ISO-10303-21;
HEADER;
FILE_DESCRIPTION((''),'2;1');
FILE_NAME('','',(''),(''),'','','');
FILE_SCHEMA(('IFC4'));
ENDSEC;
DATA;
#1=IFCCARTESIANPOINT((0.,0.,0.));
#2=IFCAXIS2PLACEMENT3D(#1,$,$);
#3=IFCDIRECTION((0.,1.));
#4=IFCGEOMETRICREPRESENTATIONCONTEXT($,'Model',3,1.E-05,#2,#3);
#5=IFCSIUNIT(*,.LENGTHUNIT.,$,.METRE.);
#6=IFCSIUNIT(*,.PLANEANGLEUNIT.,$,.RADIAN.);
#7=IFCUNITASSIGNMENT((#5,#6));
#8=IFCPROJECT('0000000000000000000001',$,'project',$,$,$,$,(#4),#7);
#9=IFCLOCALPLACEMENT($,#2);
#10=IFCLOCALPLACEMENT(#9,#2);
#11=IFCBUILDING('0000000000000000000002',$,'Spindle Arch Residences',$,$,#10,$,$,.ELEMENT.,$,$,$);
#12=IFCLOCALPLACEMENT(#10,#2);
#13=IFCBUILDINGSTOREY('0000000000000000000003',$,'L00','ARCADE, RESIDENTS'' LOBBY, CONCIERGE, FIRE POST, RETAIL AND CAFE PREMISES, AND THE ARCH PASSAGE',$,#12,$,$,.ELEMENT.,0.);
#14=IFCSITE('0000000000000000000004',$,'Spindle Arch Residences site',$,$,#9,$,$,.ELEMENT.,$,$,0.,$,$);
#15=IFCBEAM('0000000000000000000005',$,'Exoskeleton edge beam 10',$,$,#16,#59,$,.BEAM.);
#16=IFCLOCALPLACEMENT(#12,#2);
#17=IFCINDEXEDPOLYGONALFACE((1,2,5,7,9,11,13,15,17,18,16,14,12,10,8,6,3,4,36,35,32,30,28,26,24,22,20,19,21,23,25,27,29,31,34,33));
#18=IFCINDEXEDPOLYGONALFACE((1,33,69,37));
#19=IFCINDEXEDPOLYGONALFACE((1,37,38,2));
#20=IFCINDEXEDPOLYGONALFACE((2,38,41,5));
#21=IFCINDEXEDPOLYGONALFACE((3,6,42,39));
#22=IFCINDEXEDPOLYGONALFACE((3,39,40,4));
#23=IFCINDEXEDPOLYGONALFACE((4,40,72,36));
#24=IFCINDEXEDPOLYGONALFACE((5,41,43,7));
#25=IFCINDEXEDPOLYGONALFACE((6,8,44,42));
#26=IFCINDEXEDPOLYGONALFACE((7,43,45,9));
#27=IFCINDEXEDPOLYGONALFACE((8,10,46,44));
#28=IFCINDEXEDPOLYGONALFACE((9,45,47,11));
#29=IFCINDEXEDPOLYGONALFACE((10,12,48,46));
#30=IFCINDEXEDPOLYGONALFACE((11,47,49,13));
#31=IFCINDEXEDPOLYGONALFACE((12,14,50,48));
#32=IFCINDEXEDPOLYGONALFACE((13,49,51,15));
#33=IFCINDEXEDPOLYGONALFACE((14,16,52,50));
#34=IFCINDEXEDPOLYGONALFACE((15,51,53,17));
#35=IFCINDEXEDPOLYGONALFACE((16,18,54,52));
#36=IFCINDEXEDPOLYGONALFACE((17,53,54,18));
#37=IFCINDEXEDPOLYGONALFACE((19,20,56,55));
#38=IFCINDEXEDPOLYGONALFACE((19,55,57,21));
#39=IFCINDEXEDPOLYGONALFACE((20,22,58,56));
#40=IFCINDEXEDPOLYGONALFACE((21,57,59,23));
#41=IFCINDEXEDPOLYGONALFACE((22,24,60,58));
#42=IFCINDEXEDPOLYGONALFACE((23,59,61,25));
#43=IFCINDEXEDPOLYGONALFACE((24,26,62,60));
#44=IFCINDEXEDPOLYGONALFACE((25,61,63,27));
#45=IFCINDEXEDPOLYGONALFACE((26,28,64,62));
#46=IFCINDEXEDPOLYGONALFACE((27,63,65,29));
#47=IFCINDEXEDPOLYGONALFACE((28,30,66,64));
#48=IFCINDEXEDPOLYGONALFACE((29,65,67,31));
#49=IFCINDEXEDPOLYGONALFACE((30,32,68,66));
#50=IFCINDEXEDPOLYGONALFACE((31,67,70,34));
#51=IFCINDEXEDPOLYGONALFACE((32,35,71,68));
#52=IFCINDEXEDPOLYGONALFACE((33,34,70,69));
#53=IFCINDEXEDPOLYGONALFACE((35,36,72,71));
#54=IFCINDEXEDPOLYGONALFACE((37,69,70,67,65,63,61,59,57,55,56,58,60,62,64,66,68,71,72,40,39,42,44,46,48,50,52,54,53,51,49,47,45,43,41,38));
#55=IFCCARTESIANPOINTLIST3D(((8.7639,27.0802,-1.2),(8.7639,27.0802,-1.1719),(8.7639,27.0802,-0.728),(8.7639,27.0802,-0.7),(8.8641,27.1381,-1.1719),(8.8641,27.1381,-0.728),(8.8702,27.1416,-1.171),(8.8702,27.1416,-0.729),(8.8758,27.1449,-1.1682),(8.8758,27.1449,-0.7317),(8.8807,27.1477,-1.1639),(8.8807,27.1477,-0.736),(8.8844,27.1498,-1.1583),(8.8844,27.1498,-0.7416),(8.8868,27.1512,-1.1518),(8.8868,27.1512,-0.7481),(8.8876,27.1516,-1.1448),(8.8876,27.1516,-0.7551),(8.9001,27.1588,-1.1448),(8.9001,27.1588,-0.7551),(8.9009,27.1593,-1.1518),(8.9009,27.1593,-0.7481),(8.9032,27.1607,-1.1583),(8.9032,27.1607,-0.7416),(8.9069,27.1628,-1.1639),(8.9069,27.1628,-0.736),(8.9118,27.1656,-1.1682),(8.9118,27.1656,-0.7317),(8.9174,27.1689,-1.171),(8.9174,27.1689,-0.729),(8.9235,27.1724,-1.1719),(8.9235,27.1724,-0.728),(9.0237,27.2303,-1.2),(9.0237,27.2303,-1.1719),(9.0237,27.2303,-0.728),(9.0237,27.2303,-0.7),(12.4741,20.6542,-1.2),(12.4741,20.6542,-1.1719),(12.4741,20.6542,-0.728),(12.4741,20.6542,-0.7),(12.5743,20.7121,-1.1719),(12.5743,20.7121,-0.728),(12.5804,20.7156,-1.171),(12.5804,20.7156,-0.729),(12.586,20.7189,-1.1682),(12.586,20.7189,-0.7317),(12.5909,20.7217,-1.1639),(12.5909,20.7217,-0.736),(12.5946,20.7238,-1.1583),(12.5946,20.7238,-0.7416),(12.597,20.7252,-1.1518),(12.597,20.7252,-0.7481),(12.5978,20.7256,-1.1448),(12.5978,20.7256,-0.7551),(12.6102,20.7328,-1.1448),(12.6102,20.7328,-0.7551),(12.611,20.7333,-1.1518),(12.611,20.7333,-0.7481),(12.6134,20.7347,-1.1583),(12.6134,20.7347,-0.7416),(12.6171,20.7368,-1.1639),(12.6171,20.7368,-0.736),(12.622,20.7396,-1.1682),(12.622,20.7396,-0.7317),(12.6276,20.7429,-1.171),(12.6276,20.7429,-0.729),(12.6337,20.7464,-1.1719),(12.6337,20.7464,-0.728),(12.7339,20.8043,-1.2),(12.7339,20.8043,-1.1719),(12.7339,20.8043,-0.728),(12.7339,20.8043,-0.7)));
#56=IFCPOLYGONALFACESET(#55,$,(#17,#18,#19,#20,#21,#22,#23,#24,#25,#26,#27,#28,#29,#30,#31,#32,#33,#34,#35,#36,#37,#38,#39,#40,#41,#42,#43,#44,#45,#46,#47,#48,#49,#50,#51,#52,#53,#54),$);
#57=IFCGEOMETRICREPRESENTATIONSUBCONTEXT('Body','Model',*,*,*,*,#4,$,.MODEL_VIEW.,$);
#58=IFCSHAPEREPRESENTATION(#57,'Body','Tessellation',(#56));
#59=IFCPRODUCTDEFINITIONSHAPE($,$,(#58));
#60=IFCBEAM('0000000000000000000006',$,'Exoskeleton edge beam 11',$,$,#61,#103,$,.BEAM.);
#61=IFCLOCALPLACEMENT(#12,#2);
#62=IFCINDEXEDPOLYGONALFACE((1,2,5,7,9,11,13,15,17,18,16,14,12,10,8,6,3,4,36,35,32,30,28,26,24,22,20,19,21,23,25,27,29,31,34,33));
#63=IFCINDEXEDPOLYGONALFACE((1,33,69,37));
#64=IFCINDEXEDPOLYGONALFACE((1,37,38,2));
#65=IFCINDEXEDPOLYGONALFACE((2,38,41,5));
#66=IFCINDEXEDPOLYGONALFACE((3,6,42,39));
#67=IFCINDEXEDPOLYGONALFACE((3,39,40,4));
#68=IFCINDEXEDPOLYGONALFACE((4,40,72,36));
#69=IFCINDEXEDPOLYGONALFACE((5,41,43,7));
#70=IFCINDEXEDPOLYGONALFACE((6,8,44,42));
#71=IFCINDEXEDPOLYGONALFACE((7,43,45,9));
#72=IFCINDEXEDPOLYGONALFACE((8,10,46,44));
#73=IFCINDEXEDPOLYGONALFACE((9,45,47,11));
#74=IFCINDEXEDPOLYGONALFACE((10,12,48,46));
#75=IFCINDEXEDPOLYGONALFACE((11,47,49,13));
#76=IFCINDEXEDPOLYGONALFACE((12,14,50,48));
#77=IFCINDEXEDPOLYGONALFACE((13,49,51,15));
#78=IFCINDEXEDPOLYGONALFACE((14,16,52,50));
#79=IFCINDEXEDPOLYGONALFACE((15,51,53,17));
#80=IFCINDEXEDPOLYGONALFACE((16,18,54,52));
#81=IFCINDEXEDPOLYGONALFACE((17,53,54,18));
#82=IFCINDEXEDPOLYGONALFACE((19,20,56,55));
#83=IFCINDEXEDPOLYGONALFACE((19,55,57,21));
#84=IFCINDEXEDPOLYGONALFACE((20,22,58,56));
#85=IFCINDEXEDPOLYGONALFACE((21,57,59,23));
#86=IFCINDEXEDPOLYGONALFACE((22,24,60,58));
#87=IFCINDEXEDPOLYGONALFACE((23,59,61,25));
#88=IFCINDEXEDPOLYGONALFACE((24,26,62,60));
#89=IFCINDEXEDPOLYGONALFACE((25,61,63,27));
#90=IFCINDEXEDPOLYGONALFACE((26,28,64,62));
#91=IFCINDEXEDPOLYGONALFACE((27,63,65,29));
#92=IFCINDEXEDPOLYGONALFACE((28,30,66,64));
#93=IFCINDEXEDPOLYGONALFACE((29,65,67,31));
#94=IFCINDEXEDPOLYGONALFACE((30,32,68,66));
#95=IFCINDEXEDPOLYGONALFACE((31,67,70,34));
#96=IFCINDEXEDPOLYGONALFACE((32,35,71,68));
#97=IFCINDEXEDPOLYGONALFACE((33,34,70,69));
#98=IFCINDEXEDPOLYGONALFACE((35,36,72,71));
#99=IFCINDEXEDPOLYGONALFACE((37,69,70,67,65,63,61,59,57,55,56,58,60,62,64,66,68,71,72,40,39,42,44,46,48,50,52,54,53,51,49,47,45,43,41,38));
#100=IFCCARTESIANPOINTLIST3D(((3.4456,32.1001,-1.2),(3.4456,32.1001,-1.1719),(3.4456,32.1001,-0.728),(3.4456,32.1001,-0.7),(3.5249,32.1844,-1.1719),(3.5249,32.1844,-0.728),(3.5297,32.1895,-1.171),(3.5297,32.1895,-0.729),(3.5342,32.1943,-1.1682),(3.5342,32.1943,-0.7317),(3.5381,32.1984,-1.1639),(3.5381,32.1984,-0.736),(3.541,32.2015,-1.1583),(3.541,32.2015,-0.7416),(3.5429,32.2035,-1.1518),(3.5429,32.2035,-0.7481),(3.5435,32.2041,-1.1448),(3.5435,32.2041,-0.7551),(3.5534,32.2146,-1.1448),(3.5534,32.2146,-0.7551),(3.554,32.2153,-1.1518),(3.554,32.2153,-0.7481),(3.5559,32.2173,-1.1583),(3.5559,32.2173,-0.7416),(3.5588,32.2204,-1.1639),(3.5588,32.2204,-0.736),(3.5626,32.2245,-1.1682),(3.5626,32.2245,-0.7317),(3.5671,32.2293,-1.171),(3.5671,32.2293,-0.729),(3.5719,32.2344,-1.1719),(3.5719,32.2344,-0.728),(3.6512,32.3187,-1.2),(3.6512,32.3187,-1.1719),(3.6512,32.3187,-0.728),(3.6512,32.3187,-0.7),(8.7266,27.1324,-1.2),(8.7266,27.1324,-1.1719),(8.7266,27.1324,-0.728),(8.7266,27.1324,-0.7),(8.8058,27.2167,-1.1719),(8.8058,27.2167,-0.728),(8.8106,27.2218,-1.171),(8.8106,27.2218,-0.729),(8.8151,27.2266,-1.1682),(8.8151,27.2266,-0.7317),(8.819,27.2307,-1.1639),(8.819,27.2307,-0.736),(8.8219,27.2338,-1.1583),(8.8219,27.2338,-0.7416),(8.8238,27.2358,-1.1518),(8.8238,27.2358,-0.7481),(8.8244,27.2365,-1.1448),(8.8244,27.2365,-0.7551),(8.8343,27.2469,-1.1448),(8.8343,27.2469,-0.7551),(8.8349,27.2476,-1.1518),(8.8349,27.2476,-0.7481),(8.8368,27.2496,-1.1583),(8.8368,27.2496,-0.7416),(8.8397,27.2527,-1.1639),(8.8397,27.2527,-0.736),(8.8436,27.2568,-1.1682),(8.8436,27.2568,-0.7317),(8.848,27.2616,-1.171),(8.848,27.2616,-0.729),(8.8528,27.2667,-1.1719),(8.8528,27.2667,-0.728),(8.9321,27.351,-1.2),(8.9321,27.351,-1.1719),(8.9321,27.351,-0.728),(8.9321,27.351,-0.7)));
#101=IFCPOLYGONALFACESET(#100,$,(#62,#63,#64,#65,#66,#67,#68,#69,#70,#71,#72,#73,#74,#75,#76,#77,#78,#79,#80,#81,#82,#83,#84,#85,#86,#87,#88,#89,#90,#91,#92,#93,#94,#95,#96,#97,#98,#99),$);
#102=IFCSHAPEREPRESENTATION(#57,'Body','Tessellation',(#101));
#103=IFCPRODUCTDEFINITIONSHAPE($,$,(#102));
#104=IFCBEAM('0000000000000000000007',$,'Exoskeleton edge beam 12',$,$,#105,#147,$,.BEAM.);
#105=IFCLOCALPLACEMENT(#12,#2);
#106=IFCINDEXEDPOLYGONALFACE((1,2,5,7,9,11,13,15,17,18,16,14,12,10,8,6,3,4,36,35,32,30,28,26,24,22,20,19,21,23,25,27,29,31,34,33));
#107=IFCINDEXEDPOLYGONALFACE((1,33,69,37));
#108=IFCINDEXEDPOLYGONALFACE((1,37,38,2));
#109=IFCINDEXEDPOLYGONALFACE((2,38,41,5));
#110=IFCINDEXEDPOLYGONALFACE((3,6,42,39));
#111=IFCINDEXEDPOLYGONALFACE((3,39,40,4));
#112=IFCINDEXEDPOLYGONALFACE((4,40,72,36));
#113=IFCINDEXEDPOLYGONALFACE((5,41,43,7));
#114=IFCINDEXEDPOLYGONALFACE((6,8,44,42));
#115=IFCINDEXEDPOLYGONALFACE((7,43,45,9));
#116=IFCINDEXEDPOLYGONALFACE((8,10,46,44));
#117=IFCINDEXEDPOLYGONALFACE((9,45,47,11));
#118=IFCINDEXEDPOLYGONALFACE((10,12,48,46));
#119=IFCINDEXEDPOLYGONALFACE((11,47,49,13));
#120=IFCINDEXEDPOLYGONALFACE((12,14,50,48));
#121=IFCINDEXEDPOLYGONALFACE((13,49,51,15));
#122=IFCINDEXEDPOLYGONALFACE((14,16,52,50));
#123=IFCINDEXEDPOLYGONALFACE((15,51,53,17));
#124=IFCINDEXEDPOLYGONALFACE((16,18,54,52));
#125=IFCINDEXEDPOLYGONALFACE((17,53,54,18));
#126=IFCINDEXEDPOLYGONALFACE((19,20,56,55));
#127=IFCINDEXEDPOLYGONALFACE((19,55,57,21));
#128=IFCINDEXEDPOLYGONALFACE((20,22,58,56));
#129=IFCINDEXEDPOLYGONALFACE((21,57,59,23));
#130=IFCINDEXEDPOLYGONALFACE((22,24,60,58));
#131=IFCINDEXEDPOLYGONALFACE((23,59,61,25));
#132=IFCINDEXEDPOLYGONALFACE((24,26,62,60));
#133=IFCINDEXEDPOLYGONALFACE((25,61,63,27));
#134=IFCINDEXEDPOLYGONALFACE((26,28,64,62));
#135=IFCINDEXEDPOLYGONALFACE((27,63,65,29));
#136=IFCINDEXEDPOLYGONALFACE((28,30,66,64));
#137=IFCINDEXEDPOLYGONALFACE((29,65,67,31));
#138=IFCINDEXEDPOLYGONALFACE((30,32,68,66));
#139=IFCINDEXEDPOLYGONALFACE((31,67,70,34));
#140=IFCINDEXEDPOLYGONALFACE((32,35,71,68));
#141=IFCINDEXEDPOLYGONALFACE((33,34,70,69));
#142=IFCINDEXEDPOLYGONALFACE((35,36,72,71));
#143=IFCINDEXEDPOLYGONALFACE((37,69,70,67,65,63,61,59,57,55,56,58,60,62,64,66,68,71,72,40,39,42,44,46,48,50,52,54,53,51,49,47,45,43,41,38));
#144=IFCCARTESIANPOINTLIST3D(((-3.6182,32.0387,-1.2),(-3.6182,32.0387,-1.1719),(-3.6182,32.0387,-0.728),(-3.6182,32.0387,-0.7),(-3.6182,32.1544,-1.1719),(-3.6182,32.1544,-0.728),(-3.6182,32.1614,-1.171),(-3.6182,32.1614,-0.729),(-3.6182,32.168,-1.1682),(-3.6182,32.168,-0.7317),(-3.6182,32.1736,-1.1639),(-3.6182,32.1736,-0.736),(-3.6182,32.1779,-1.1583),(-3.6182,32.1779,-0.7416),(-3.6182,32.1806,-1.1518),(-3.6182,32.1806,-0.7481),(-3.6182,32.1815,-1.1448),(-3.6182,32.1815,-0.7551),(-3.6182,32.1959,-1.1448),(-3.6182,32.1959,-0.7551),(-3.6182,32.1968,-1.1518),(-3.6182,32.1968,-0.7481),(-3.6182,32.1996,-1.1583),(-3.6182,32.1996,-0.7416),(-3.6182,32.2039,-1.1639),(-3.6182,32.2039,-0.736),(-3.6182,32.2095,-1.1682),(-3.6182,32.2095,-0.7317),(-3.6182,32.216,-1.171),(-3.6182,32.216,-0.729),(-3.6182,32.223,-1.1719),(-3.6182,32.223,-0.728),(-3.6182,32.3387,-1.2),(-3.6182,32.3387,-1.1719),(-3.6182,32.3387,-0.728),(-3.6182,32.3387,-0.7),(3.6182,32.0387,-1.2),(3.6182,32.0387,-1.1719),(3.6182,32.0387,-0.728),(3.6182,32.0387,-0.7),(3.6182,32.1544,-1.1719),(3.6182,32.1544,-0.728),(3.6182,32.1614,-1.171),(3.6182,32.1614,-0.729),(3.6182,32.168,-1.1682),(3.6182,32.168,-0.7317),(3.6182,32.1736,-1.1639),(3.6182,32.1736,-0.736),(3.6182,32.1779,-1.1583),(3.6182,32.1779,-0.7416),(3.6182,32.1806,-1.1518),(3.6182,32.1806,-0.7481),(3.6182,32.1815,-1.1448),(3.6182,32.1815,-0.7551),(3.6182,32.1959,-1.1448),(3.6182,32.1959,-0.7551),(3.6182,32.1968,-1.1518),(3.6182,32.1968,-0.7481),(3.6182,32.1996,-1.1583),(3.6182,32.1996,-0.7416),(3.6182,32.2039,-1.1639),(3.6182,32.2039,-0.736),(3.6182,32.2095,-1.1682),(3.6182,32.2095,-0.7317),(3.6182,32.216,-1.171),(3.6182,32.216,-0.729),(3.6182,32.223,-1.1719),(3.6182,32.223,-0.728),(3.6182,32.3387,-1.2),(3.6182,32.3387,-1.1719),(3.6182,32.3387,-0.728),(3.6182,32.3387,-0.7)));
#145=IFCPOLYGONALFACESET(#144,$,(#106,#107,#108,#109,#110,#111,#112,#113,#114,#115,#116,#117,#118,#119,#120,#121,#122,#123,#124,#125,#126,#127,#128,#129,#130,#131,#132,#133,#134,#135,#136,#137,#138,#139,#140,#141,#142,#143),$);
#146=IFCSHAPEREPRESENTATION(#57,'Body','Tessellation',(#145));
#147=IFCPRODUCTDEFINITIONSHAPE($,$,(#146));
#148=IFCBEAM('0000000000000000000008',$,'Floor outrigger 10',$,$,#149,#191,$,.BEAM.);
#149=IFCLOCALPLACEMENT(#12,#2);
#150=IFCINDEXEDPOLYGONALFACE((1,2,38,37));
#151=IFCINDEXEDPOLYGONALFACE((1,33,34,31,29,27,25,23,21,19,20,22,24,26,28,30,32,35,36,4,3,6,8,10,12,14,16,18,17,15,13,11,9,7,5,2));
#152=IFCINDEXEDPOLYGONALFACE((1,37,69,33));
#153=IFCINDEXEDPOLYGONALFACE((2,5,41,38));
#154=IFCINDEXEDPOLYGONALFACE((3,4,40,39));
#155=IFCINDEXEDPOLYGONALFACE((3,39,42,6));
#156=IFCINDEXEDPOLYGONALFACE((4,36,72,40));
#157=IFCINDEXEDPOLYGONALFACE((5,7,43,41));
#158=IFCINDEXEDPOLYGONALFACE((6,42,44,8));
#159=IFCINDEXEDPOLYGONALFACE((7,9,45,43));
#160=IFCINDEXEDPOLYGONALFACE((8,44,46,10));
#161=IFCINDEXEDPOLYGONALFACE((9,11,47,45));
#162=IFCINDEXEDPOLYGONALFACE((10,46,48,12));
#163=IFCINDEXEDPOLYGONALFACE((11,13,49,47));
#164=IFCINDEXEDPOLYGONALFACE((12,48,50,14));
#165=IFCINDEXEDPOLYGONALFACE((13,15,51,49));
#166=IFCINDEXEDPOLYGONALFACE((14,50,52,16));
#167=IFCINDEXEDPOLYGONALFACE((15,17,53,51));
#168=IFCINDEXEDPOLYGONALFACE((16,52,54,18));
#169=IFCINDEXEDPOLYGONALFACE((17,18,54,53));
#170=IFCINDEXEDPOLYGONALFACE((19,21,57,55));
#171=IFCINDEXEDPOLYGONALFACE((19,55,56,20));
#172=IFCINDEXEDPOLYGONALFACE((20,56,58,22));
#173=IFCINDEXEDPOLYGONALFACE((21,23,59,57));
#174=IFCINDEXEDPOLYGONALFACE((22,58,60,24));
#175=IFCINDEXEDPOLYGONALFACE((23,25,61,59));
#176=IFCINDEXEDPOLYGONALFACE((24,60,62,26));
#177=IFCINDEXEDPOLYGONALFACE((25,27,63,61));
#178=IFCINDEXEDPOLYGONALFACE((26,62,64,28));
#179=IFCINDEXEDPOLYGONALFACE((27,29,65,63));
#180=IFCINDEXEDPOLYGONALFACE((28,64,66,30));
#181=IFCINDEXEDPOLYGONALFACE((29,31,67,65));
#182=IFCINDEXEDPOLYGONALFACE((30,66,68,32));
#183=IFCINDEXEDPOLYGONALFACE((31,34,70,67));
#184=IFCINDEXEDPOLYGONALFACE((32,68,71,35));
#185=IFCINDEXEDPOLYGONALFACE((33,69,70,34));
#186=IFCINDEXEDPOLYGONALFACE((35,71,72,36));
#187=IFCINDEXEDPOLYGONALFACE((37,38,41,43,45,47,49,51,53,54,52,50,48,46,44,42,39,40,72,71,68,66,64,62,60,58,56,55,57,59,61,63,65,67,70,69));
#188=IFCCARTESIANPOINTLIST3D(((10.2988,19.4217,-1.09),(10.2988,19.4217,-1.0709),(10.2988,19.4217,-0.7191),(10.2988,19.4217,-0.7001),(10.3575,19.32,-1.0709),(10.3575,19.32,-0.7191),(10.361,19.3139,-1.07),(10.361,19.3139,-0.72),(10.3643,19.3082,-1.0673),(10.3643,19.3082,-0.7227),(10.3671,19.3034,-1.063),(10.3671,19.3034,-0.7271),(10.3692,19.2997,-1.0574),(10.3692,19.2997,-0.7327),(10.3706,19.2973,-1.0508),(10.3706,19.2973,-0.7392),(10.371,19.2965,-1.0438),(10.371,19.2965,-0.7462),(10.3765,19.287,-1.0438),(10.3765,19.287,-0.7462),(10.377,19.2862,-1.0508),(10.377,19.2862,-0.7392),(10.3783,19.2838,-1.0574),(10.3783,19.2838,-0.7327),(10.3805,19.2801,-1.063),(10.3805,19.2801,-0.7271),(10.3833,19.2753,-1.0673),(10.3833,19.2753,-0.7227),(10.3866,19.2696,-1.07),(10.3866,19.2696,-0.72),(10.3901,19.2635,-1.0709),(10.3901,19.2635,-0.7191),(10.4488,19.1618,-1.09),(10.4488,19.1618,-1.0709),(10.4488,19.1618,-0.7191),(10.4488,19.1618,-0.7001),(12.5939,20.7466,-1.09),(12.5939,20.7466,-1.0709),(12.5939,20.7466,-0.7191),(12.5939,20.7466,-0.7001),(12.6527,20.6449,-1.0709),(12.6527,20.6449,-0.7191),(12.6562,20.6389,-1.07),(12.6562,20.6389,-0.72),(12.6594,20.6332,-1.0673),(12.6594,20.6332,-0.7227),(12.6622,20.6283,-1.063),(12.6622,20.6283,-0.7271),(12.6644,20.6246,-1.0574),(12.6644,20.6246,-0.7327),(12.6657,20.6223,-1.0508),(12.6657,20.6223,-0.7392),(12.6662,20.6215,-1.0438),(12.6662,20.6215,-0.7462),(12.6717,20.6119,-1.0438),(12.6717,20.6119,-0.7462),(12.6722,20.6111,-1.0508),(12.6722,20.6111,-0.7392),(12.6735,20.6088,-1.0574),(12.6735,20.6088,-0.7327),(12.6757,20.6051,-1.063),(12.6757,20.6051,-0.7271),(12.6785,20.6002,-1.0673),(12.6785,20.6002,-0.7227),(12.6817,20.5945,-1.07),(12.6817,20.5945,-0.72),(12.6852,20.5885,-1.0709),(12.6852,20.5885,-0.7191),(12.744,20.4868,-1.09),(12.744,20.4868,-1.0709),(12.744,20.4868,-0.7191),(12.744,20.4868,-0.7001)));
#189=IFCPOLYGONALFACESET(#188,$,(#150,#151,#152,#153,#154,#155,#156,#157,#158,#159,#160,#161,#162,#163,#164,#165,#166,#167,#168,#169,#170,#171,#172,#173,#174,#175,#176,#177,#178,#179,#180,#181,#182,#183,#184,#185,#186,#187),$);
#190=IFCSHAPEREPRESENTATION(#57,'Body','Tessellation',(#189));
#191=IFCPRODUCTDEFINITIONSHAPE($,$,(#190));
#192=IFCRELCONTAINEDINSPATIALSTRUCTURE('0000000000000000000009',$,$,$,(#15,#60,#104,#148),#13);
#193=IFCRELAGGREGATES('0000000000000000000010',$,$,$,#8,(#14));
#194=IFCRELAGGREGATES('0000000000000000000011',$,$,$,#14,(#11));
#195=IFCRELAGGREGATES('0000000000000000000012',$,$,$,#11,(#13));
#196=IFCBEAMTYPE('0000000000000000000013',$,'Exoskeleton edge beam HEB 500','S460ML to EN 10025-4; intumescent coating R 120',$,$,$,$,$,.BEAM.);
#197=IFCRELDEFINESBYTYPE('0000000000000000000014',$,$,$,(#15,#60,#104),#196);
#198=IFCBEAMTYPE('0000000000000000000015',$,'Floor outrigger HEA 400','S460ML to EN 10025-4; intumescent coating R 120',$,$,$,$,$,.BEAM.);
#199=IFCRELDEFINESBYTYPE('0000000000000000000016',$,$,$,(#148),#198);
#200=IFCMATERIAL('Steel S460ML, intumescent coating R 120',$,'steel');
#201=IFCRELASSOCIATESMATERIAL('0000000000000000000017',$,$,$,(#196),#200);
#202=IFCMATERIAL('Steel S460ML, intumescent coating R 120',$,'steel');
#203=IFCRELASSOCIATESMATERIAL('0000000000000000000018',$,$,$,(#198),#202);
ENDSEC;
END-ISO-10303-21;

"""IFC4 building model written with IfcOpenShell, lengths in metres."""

from ifc_helpers import new_model, si_unit, direction, frame, origin, origin_2d, place, context, subcontext, project, spatial, i_section, extrude, material, material_profile, profile_set, type_object, element, save


model = new_model("IFC4")

# Units and contexts
model_context = context("Model", 3, precision=1e-05, world=origin(), true_north=direction((0.0, 1.0)))
body_context = subcontext(model_context, "Body", "Model", "MODEL_VIEW")
ifc_project = project(units=[si_unit("LENGTHUNIT", "METRE"), si_unit("PLANEANGLEUNIT", "RADIAN")], contexts=[model_context])

# Site, building, storey
site_placement = place(None, origin())
site = spatial("IfcSite", under=ifc_project, at=site_placement, Name="Spindle Arch Residences site", CompositionType="ELEMENT", RefElevation=0.0)
building_placement = place(site_placement, origin())
building = spatial("IfcBuilding", under=site, at=building_placement, Name="Spindle Arch Residences", CompositionType="ELEMENT")
storey_placement = place(building_placement, origin())
storey = spatial("IfcBuildingStorey", under=building, at=storey_placement, Name="L00", Description="ARCADE, RESIDENTS' LOBBY, CONCIERGE, FIRE POST, RETAIL AND CAFE PREMISES, AND THE ARCH PASSAGE", CompositionType="ELEMENT", Elevation=0.0)

# Beams
ifc_material_1 = material(Name="Steel S460ML, intumescent coating R 120", Category="steel")
ifc_material_profile_1 = material_profile(ifc_material_1, i_section(OverallWidth=0.3, OverallDepth=0.5, WebThickness=0.0144, FlangeThickness=0.0281, FilletRadius=0.0271, at=origin_2d()), Name="HEB 500")
ifc_profile_set_1 = profile_set([ifc_material_profile_1], Name="Steel S460ML, intumescent coating R 120")
beam_type_1 = type_object("IfcBeamType", Name="Exoskeleton edge beam HEB 500", Description="S460ML to EN 10025-4; intumescent coating R 120", PredefinedType="BEAM", material=ifc_profile_set_1)
beam_1_placement = place(storey_placement, frame((12.604, 20.7292, -0.95), z_axis=(-0.500014, 0.866017, 0.0), x_axis=(-0.866017, -0.500014, 0.0)))
element("IfcBeam", 1, at=beam_1_placement, inside=storey, type_object=beam_type_1, Name="Exoskeleton edge beam 10", PredefinedType="BEAM", context=body_context, shape_type="SweptSolid", body=[
    extrude(i_section(OverallWidth=0.3, OverallDepth=0.5, WebThickness=0.0144, FlangeThickness=0.0281, FilletRadius=0.0271, at=origin_2d()), origin(), (0.0, 0.0, 1.0), 7.4202),
])
beam_2_placement = place(storey_placement, frame((8.8293, 27.2417, -0.95), z_axis=(-0.728378, 0.685176, 0.0), x_axis=(-0.685176, -0.728378, 0.0)))
element("IfcBeam", 2, at=beam_2_placement, inside=storey, type_object=beam_type_1, Name="Exoskeleton edge beam 11", PredefinedType="BEAM", context=body_context, shape_type="SweptSolid", body=[
    extrude(i_section(OverallWidth=0.3, OverallDepth=0.5, WebThickness=0.0144, FlangeThickness=0.0281, FilletRadius=0.0271, at=origin_2d()), origin(), (0.0, 0.0, 1.0), 7.2502),
])
beam_3_placement = place(storey_placement, frame((3.6182, 32.1887, -0.95), z_axis=(-1.0, 0.0, 0.0), x_axis=(0.0, -1.0, 0.0)))
element("IfcBeam", 3, at=beam_3_placement, inside=storey, type_object=beam_type_1, Name="Exoskeleton edge beam 12", PredefinedType="BEAM", context=body_context, shape_type="SweptSolid", body=[
    extrude(i_section(OverallWidth=0.3, OverallDepth=0.5, WebThickness=0.0144, FlangeThickness=0.0281, FilletRadius=0.0271, at=origin_2d()), origin(), (0.0, 0.0, 1.0), 7.2363),
])
ifc_material_2 = material(Name="Steel S460ML, intumescent coating R 120", Category="steel")
ifc_material_profile_2 = material_profile(ifc_material_2, i_section(OverallWidth=0.3, OverallDepth=0.3899, WebThickness=0.011, FlangeThickness=0.019, FilletRadius=0.0271, at=origin_2d()), Name="HEA 400")
ifc_profile_set_2 = profile_set([ifc_material_profile_2], Name="Steel S460ML, intumescent coating R 120")
beam_type_2 = type_object("IfcBeamType", Name="Floor outrigger HEA 400", Description="S460ML to EN 10025-4; intumescent coating R 120", PredefinedType="BEAM", material=ifc_profile_set_2)
beam_4_placement = place(storey_placement, frame((12.6689, 20.6167, -0.895), z_axis=(-0.866052, -0.499954, 0.0), x_axis=(0.499954, -0.866052, 0.0)))
element("IfcBeam", 4, at=beam_4_placement, inside=storey, type_object=beam_type_2, Name="Floor outrigger 10", PredefinedType="BEAM", context=body_context, shape_type="SweptSolid", body=[
    extrude(i_section(OverallWidth=0.3, OverallDepth=0.3899, WebThickness=0.011, FlangeThickness=0.019, FilletRadius=0.0271, at=origin_2d()), origin(), (0.0, 0.0, 1.0), 2.6501),
])

save(model, "model.ifc")
